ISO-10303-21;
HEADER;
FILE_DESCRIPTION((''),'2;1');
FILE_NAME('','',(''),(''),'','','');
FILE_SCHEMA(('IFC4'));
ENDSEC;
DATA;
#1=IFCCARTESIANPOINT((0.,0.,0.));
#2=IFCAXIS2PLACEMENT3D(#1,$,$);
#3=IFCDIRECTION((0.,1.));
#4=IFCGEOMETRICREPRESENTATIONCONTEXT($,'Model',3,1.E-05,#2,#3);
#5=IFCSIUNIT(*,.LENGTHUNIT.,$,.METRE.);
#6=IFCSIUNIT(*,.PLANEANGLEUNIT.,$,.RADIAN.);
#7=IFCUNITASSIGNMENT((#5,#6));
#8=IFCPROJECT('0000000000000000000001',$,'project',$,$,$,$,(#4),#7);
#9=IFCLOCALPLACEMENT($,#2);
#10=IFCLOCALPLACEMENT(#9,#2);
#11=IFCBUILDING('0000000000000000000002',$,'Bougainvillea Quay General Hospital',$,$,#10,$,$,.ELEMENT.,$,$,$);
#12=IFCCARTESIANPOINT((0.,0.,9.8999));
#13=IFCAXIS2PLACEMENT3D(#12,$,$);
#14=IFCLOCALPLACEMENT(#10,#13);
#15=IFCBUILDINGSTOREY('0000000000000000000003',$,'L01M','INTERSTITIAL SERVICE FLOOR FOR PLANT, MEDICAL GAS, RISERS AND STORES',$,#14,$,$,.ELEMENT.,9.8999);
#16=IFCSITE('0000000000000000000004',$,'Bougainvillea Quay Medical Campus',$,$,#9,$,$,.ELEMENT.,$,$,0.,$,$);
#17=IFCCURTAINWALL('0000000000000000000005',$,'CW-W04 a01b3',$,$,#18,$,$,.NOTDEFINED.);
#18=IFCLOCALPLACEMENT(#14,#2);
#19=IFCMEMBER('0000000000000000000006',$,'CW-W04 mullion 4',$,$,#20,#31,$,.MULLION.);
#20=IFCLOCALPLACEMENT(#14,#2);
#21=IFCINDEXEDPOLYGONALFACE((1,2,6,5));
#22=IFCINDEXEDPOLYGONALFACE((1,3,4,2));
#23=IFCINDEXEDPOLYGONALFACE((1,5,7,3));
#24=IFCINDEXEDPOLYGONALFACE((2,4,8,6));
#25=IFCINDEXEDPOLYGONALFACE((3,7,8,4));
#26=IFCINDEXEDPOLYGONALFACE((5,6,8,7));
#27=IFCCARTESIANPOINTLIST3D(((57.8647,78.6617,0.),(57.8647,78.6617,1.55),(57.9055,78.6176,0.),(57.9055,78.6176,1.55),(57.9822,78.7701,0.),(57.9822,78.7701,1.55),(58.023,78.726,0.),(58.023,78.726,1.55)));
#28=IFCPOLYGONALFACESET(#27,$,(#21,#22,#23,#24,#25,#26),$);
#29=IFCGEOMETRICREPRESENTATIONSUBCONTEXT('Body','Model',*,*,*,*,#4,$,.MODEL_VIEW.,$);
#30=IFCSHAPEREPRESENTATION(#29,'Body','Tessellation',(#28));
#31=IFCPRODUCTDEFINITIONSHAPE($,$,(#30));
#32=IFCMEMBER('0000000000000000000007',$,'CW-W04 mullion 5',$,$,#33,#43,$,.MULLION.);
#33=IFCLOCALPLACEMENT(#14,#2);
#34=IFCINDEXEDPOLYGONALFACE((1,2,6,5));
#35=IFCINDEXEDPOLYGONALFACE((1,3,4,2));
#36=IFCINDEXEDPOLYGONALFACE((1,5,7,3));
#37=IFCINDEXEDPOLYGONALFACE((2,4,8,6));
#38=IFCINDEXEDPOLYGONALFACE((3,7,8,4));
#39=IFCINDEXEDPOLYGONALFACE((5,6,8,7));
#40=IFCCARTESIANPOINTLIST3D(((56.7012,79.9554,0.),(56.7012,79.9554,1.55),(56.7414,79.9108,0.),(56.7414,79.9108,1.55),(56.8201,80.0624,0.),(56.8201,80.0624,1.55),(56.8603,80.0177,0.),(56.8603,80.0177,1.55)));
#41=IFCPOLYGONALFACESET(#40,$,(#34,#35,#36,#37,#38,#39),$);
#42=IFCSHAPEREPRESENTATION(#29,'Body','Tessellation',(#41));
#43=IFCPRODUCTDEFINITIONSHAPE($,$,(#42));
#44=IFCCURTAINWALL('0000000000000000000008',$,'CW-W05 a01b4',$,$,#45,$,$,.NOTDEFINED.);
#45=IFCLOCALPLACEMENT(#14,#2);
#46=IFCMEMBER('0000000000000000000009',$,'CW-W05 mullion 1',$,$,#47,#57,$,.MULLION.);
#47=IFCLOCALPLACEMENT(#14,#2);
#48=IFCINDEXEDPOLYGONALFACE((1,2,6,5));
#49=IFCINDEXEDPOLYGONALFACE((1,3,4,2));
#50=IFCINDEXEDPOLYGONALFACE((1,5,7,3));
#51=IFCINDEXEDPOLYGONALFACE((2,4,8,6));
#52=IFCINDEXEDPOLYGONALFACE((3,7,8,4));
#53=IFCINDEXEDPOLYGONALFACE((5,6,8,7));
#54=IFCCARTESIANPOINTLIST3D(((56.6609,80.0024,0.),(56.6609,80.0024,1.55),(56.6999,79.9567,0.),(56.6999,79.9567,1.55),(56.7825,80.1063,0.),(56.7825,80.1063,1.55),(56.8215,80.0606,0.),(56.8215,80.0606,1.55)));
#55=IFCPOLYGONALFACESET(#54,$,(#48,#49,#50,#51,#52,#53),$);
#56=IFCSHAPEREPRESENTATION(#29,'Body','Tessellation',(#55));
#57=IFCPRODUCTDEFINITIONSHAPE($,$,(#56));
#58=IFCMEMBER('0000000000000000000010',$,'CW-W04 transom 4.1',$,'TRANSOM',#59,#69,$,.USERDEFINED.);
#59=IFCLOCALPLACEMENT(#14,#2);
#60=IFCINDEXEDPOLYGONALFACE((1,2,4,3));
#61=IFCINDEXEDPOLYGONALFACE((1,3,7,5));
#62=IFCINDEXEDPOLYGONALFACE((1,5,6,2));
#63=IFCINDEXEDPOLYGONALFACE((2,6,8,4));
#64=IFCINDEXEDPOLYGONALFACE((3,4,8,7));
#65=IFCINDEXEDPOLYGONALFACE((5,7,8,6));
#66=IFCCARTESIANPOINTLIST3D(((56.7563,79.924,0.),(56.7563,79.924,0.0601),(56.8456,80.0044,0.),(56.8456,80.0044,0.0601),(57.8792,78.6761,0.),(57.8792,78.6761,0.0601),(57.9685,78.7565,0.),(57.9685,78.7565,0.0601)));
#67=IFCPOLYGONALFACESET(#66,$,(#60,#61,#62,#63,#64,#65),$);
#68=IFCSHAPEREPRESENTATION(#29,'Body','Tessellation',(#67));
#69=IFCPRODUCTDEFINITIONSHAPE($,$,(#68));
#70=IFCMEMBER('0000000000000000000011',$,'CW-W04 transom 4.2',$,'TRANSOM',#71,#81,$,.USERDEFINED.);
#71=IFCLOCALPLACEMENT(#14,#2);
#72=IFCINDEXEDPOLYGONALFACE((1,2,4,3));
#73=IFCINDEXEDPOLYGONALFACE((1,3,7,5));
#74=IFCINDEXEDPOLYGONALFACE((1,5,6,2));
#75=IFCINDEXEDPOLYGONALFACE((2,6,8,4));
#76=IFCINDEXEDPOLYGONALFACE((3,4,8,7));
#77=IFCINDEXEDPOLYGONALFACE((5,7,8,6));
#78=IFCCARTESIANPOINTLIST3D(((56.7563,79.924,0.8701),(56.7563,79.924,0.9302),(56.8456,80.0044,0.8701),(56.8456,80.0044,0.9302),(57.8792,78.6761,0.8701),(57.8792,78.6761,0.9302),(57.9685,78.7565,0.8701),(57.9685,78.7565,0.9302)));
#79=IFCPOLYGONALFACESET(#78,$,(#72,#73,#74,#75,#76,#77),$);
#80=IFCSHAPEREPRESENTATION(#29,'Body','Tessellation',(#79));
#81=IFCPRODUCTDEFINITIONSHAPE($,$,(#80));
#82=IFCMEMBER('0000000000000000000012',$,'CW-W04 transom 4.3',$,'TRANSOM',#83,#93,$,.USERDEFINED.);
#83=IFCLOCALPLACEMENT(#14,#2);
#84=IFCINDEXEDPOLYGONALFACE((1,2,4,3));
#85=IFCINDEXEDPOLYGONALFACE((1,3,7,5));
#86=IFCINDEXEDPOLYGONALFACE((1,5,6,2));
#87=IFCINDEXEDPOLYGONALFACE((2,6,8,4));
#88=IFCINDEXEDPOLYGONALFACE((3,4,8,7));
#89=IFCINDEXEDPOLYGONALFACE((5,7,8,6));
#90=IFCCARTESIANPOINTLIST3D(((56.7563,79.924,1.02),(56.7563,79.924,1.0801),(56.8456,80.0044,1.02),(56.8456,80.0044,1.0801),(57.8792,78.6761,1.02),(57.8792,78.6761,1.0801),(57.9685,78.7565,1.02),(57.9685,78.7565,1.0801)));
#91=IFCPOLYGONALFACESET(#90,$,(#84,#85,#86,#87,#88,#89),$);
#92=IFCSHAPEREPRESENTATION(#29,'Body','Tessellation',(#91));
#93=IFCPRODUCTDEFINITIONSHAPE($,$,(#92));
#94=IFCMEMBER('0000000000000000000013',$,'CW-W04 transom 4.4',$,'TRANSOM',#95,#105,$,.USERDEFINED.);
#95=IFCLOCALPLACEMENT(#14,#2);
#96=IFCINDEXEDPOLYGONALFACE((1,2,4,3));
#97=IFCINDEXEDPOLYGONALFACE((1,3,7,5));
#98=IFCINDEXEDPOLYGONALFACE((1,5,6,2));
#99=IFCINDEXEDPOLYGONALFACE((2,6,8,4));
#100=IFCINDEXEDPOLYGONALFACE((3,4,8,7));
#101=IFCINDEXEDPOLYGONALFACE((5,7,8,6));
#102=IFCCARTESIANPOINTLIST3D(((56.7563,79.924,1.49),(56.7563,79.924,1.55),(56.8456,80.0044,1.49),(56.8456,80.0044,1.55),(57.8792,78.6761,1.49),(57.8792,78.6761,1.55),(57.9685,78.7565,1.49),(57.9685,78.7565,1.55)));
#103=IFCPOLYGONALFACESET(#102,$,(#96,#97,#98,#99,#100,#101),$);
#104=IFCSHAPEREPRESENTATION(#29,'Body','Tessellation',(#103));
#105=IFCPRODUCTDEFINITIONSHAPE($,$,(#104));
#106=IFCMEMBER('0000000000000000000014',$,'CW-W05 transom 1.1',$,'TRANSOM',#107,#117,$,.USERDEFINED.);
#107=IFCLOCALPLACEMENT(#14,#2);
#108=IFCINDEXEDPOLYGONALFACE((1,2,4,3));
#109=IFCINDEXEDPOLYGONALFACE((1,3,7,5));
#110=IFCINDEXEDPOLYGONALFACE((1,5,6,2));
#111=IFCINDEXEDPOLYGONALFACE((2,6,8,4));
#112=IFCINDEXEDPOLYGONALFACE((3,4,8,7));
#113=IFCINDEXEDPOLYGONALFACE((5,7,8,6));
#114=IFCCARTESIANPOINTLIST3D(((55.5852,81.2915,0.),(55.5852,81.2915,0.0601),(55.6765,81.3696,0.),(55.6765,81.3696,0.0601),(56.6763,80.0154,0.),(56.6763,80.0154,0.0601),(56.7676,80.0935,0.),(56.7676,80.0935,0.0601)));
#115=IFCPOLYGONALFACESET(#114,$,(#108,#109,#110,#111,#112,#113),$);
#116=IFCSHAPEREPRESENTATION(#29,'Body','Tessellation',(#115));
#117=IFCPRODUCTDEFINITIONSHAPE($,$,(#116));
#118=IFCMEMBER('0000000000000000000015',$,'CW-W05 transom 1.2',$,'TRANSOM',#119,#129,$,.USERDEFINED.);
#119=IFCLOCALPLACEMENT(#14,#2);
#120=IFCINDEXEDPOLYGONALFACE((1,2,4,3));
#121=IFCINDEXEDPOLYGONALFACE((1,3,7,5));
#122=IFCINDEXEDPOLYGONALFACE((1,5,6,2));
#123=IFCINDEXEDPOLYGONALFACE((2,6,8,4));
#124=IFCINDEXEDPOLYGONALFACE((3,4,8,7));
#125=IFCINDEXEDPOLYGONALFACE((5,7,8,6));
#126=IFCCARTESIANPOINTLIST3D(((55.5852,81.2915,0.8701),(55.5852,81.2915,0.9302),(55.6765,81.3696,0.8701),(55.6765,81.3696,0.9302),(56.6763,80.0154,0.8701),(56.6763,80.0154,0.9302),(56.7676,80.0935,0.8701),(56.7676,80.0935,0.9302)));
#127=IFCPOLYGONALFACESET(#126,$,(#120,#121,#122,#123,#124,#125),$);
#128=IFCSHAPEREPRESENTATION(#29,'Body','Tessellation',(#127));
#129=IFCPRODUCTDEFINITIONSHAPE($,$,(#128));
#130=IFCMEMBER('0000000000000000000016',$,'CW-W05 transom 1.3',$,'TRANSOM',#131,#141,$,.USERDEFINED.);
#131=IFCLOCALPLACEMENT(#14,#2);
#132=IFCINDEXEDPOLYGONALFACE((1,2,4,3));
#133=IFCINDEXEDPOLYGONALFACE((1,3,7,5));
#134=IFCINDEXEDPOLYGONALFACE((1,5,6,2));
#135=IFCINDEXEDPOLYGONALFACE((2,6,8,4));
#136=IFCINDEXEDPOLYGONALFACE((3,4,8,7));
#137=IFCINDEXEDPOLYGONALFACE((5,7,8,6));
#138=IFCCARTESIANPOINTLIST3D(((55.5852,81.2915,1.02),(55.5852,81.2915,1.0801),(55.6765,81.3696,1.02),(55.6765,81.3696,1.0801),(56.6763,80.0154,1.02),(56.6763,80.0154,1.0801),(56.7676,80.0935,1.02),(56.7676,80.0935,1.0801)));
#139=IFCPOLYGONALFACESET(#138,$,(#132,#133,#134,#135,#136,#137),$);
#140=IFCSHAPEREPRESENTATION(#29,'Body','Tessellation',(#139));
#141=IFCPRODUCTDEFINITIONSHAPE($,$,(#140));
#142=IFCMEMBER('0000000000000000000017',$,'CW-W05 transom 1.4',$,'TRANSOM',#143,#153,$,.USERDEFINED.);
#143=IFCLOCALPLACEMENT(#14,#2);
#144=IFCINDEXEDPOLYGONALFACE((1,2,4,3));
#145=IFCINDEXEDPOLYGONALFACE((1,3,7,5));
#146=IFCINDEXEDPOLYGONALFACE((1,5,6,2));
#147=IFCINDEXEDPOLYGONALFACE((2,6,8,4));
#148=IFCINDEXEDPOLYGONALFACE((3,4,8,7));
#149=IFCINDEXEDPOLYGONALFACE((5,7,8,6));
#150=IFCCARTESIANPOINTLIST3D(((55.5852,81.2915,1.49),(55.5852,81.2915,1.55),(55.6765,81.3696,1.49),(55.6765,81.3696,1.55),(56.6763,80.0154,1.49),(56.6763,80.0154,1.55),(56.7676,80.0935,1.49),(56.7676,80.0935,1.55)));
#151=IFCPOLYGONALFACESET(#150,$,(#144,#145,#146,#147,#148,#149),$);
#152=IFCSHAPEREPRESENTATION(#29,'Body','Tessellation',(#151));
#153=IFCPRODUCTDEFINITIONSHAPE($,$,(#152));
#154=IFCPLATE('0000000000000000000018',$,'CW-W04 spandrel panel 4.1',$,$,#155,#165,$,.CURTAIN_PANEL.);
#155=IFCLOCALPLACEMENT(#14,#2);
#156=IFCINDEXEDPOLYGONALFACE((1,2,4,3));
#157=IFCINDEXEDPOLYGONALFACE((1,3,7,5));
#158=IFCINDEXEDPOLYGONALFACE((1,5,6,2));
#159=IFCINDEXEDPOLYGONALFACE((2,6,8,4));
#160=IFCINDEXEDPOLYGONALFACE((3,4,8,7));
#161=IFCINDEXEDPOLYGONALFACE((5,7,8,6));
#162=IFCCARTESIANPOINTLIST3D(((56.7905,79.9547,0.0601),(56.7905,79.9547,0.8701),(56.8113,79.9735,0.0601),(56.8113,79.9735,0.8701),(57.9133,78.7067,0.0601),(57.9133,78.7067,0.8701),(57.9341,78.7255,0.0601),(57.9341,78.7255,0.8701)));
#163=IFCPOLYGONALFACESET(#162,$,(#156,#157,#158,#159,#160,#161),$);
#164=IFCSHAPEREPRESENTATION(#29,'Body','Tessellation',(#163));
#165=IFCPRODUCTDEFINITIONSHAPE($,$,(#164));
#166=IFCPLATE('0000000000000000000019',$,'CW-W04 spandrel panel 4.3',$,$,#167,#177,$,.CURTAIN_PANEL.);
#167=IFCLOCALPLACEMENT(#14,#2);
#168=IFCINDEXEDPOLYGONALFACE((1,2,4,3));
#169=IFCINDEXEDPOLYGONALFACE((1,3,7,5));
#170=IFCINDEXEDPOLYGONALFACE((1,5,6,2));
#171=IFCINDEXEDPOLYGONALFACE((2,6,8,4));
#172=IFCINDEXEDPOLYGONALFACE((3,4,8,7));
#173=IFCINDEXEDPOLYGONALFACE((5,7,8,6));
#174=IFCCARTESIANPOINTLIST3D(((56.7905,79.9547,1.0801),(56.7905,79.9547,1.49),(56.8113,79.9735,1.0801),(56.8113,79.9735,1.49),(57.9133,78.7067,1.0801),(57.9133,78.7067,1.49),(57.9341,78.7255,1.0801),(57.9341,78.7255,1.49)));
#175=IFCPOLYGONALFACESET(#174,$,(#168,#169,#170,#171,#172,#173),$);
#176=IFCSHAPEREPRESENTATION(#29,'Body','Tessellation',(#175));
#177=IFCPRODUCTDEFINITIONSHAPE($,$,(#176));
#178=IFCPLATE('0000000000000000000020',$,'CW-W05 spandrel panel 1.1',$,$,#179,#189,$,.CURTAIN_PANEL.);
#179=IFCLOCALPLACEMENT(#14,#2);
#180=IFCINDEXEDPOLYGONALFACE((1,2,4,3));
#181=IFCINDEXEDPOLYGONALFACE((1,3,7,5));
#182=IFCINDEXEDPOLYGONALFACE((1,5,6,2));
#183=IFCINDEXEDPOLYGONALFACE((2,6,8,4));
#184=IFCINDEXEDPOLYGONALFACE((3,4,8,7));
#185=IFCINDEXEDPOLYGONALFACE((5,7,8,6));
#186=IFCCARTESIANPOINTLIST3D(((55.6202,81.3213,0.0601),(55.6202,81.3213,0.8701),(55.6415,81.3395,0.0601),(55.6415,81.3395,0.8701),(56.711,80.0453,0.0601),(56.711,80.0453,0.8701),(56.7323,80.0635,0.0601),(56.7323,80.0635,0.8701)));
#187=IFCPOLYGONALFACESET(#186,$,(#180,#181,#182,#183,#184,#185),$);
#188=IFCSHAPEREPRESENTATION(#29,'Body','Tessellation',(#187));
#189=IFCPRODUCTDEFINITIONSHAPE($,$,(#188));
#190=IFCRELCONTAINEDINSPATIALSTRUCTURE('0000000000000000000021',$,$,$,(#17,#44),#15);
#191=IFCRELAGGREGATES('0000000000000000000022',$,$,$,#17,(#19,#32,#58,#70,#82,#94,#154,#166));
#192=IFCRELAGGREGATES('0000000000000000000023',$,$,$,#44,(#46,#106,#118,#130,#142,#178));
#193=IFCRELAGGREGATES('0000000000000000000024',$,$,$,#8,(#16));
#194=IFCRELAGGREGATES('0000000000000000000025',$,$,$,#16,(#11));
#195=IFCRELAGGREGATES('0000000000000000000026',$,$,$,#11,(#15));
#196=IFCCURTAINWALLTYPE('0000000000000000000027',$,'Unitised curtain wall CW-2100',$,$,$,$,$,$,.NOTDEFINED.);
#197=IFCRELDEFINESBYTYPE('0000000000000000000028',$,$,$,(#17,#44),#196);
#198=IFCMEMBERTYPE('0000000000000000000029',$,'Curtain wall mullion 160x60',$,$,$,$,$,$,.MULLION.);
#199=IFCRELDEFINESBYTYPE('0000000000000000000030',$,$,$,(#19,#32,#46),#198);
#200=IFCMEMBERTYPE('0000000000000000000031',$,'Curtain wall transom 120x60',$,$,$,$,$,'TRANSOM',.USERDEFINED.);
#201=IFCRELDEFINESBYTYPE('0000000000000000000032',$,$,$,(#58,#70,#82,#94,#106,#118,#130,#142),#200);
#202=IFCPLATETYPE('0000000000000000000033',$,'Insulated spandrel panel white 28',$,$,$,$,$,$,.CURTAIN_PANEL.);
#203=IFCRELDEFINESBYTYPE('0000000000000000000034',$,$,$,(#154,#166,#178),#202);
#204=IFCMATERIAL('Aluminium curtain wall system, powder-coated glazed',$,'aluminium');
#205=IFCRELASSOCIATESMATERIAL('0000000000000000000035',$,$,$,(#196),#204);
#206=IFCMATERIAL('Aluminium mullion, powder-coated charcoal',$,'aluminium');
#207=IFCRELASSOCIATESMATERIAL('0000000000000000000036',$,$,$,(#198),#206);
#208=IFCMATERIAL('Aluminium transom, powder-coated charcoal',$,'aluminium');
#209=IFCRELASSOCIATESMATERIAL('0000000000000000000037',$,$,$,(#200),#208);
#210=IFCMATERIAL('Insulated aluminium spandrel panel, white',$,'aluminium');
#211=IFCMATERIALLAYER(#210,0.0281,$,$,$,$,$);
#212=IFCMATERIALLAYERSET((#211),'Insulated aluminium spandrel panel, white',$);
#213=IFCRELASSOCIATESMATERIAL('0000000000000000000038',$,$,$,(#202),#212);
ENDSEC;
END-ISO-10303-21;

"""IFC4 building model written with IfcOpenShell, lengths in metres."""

from ifc_helpers import new_model, si_unit, direction, frame, origin, origin_2d, place, context, subcontext, project, spatial, rectangle, extrude, material, layer, layer_set, material_profile, profile_set, type_object, element, aggregate, save


model = new_model("IFC4")

# Units and contexts
model_context = context("Model", 3, precision=1e-05, world=origin(), true_north=direction((0.0, 1.0)))
body_context = subcontext(model_context, "Body", "Model", "MODEL_VIEW")
ifc_project = project(units=[si_unit("LENGTHUNIT", "METRE"), si_unit("PLANEANGLEUNIT", "RADIAN")], contexts=[model_context])

# Site, building, storey
site_placement = place(None, origin())
site = spatial("IfcSite", under=ifc_project, at=site_placement, Name="Bougainvillea Quay Medical Campus", CompositionType="ELEMENT", RefElevation=0.0)
building_placement = place(site_placement, origin())
building = spatial("IfcBuilding", under=site, at=building_placement, Name="Bougainvillea Quay General Hospital", CompositionType="ELEMENT")
storey_placement = place(building_placement, frame((0.0, 0.0, 9.8999)))
storey = spatial("IfcBuildingStorey", under=building, at=storey_placement, Name="L01M", Description="INTERSTITIAL SERVICE FLOOR FOR PLANT, MEDICAL GAS, RISERS AND STORES", CompositionType="ELEMENT", Elevation=9.8999)

# Curtain wall, members
ifc_material_1 = material(Name="Aluminium curtain wall system, powder-coated glazed", Category="aluminium")
curtain_wall_type = type_object("IfcCurtainWallType", Name="Unitised curtain wall CW-2100", PredefinedType="NOTDEFINED", material=ifc_material_1)
curtain_wall_1_placement = place(storey_placement, origin())
curtain_wall_1 = element("IfcCurtainWall", 1, at=curtain_wall_1_placement, inside=storey, type_object=curtain_wall_type, Name="CW-W04 a01b3", PredefinedType="NOTDEFINED")
ifc_material_2 = material(Name="Aluminium mullion, powder-coated charcoal", Category="aluminium")
ifc_material_profile_1 = material_profile(ifc_material_2, rectangle(XDim=0.1599, YDim=0.0601, at=origin_2d()))
ifc_profile_set_1 = profile_set([ifc_material_profile_1], Name="Aluminium mullion, powder-coated charcoal")
member_type_1 = type_object("IfcMemberType", Name="Curtain wall mullion 160x60", PredefinedType="MULLION", material=ifc_profile_set_1)
member_1_placement = place(storey_placement, frame((57.9438, 78.6938, 0.0), z_axis=(0.0, 0.0, 1.0), x_axis=(-0.734855, -0.678224, 0.0)))
member_1 = element("IfcMember", 2, at=member_1_placement, type_object=member_type_1, Name="CW-W04 mullion 4", PredefinedType="MULLION", context=body_context, shape_type="SweptSolid", body=[
    extrude(rectangle(XDim=0.1599, YDim=0.0601, at=origin_2d()), origin(), (0.0, 0.0, 1.0), 1.55),
])
member_2_placement = place(storey_placement, frame((56.7808, 79.9866, 0.0), z_axis=(0.0, 0.0, 1.0), x_axis=(-0.743396, -0.668852, 0.0)))
member_2 = element("IfcMember", 3, at=member_2_placement, type_object=member_type_1, Name="CW-W04 mullion 5", PredefinedType="MULLION", context=body_context, shape_type="SweptSolid", body=[
    extrude(rectangle(XDim=0.1599, YDim=0.0601, at=origin_2d()), origin(), (0.0, 0.0, 1.0), 1.55),
])

# Curtain wall, member
curtain_wall_2_placement = place(storey_placement, origin())
curtain_wall_2 = element("IfcCurtainWall", 4, at=curtain_wall_2_placement, inside=storey, type_object=curtain_wall_type, Name="CW-W05 a01b4", PredefinedType="NOTDEFINED")
member_3_placement = place(storey_placement, frame((56.7412, 80.0315, 0.0), z_axis=(0.0, 0.0, 1.0), x_axis=(-0.760117, -0.649786, 0.0)))
member_3 = element("IfcMember", 5, at=member_3_placement, type_object=member_type_1, Name="CW-W05 mullion 1", PredefinedType="MULLION", context=body_context, shape_type="SweptSolid", body=[
    extrude(rectangle(XDim=0.1599, YDim=0.0601, at=origin_2d()), origin(), (0.0, 0.0, 1.0), 1.55),
])

# Members
ifc_material_3 = material(Name="Aluminium transom, powder-coated charcoal", Category="aluminium")
ifc_material_profile_2 = material_profile(ifc_material_3, rectangle(XDim=0.1201, YDim=0.0601, at=origin_2d()))
ifc_profile_set_2 = profile_set([ifc_material_profile_2], Name="Aluminium transom, powder-coated charcoal")
member_type_2 = type_object("IfcMemberType", Name="Curtain wall transom 120x60", ElementType="TRANSOM", PredefinedType="USERDEFINED", material=ifc_profile_set_2)
member_4_placement = place(storey_placement, frame((57.9238, 78.7163, 0.03), z_axis=(-0.668892, 0.743359, 0.0), x_axis=(-0.743359, -0.668892, 0.0)))
member_4 = element("IfcMember", 6, at=member_4_placement, type_object=member_type_2, Name="CW-W04 transom 4.1", ObjectType="TRANSOM", PredefinedType="USERDEFINED", context=body_context, shape_type="SweptSolid", body=[
    extrude(rectangle(XDim=0.1201, YDim=0.0601, at=origin_2d()), origin(), (0.0, 0.0, 1.0), 1.6787),
])
member_5_placement = place(storey_placement, frame((57.9238, 78.7163, 0.9001), z_axis=(-0.668892, 0.743359, 0.0), x_axis=(-0.743359, -0.668892, 0.0)))
member_5 = element("IfcMember", 7, at=member_5_placement, type_object=member_type_2, Name="CW-W04 transom 4.2", ObjectType="TRANSOM", PredefinedType="USERDEFINED", context=body_context, shape_type="SweptSolid", body=[
    extrude(rectangle(XDim=0.1201, YDim=0.0601, at=origin_2d()), origin(), (0.0, 0.0, 1.0), 1.6787),
])
member_6_placement = place(storey_placement, frame((57.9238, 78.7163, 1.05), z_axis=(-0.668892, 0.743359, 0.0), x_axis=(-0.743359, -0.668892, 0.0)))
member_6 = element("IfcMember", 8, at=member_6_placement, type_object=member_type_2, Name="CW-W04 transom 4.3", ObjectType="TRANSOM", PredefinedType="USERDEFINED", context=body_context, shape_type="SweptSolid", body=[
    extrude(rectangle(XDim=0.1201, YDim=0.0601, at=origin_2d()), origin(), (0.0, 0.0, 1.0), 1.6787),
])
member_7_placement = place(storey_placement, frame((57.9238, 78.7163, 1.52), z_axis=(-0.668892, 0.743359, 0.0), x_axis=(-0.743359, -0.668892, 0.0)))
member_7 = element("IfcMember", 9, at=member_7_placement, type_object=member_type_2, Name="CW-W04 transom 4.4", ObjectType="TRANSOM", PredefinedType="USERDEFINED", context=body_context, shape_type="SweptSolid", body=[
    extrude(rectangle(XDim=0.1201, YDim=0.0601, at=origin_2d()), origin(), (0.0, 0.0, 1.0), 1.6787),
])
member_8_placement = place(storey_placement, frame((56.7219, 80.0544, 0.03), z_axis=(-0.649845, 0.760067, 0.0), x_axis=(-0.760067, -0.649845, 0.0)))
member_8 = element("IfcMember", 10, at=member_8_placement, type_object=member_type_2, Name="CW-W05 transom 1.1", ObjectType="TRANSOM", PredefinedType="USERDEFINED", context=body_context, shape_type="SweptSolid", body=[
    extrude(rectangle(XDim=0.1201, YDim=0.0601, at=origin_2d()), origin(), (0.0, 0.0, 1.0), 1.679),
])
member_9_placement = place(storey_placement, frame((56.7219, 80.0544, 0.9001), z_axis=(-0.649845, 0.760067, 0.0), x_axis=(-0.760067, -0.649845, 0.0)))
member_9 = element("IfcMember", 11, at=member_9_placement, type_object=member_type_2, Name="CW-W05 transom 1.2", ObjectType="TRANSOM", PredefinedType="USERDEFINED", context=body_context, shape_type="SweptSolid", body=[
    extrude(rectangle(XDim=0.1201, YDim=0.0601, at=origin_2d()), origin(), (0.0, 0.0, 1.0), 1.679),
])
member_10_placement = place(storey_placement, frame((56.7219, 80.0544, 1.05), z_axis=(-0.649845, 0.760067, 0.0), x_axis=(-0.760067, -0.649845, 0.0)))
member_10 = element("IfcMember", 12, at=member_10_placement, type_object=member_type_2, Name="CW-W05 transom 1.3", ObjectType="TRANSOM", PredefinedType="USERDEFINED", context=body_context, shape_type="SweptSolid", body=[
    extrude(rectangle(XDim=0.1201, YDim=0.0601, at=origin_2d()), origin(), (0.0, 0.0, 1.0), 1.679),
])
member_11_placement = place(storey_placement, frame((56.7219, 80.0544, 1.52), z_axis=(-0.649845, 0.760067, 0.0), x_axis=(-0.760067, -0.649845, 0.0)))
member_11 = element("IfcMember", 13, at=member_11_placement, type_object=member_type_2, Name="CW-W05 transom 1.4", ObjectType="TRANSOM", PredefinedType="USERDEFINED", context=body_context, shape_type="SweptSolid", body=[
    extrude(rectangle(XDim=0.1201, YDim=0.0601, at=origin_2d()), origin(), (0.0, 0.0, 1.0), 1.679),
])

# Plates
ifc_material_4 = material(Name="Insulated aluminium spandrel panel, white", Category="aluminium")
ifc_layer_1 = layer(ifc_material_4, 0.0281)
ifc_layer_set_1 = layer_set([ifc_layer_1], Name="Insulated aluminium spandrel panel, white")
plate_type_1 = type_object("IfcPlateType", Name="Insulated spandrel panel white 28", PredefinedType="CURTAIN_PANEL", material=ifc_layer_set_1)
plate_1_placement = place(storey_placement, frame((57.3623, 79.3401, 0.0601), z_axis=(0.0, 0.0, 1.0), x_axis=(-0.668852, 0.743396, 0.0)))
plate_1 = element("IfcPlate", 14, at=plate_1_placement, type_object=plate_type_1, Name="CW-W04 spandrel panel 4.1", PredefinedType="CURTAIN_PANEL", context=body_context, shape_type="SweptSolid", body=[
    extrude(rectangle(XDim=1.6787, YDim=0.0281, at=origin_2d()), origin(), (0.0, 0.0, 1.0), 0.8101),
])
plate_2_placement = place(storey_placement, frame((57.3623, 79.3401, 1.0801), z_axis=(0.0, 0.0, 1.0), x_axis=(-0.668852, 0.743396, 0.0)))
plate_2 = element("IfcPlate", 15, at=plate_2_placement, type_object=plate_type_1, Name="CW-W04 spandrel panel 4.3", PredefinedType="CURTAIN_PANEL", context=body_context, shape_type="SweptSolid", body=[
    extrude(rectangle(XDim=1.6787, YDim=0.0281, at=origin_2d()), origin(), (0.0, 0.0, 1.0), 0.4099),
])
plate_3_placement = place(storey_placement, frame((56.1763, 80.6924, 0.0601), z_axis=(0.0, 0.0, 1.0), x_axis=(-0.649786, 0.760117, 0.0)))
plate_3 = element("IfcPlate", 16, at=plate_3_placement, type_object=plate_type_1, Name="CW-W05 spandrel panel 1.1", PredefinedType="CURTAIN_PANEL", context=body_context, shape_type="SweptSolid", body=[
    extrude(rectangle(XDim=1.6787, YDim=0.0281, at=origin_2d()), origin(), (0.0, 0.0, 1.0), 0.8101),
])
aggregate(curtain_wall_1, [member_1, member_2, member_4, member_5, member_6, member_7, plate_1, plate_2])
aggregate(curtain_wall_2, [member_3, member_8, member_9, member_10, member_11, plate_3])

save(model, "model.ifc")
